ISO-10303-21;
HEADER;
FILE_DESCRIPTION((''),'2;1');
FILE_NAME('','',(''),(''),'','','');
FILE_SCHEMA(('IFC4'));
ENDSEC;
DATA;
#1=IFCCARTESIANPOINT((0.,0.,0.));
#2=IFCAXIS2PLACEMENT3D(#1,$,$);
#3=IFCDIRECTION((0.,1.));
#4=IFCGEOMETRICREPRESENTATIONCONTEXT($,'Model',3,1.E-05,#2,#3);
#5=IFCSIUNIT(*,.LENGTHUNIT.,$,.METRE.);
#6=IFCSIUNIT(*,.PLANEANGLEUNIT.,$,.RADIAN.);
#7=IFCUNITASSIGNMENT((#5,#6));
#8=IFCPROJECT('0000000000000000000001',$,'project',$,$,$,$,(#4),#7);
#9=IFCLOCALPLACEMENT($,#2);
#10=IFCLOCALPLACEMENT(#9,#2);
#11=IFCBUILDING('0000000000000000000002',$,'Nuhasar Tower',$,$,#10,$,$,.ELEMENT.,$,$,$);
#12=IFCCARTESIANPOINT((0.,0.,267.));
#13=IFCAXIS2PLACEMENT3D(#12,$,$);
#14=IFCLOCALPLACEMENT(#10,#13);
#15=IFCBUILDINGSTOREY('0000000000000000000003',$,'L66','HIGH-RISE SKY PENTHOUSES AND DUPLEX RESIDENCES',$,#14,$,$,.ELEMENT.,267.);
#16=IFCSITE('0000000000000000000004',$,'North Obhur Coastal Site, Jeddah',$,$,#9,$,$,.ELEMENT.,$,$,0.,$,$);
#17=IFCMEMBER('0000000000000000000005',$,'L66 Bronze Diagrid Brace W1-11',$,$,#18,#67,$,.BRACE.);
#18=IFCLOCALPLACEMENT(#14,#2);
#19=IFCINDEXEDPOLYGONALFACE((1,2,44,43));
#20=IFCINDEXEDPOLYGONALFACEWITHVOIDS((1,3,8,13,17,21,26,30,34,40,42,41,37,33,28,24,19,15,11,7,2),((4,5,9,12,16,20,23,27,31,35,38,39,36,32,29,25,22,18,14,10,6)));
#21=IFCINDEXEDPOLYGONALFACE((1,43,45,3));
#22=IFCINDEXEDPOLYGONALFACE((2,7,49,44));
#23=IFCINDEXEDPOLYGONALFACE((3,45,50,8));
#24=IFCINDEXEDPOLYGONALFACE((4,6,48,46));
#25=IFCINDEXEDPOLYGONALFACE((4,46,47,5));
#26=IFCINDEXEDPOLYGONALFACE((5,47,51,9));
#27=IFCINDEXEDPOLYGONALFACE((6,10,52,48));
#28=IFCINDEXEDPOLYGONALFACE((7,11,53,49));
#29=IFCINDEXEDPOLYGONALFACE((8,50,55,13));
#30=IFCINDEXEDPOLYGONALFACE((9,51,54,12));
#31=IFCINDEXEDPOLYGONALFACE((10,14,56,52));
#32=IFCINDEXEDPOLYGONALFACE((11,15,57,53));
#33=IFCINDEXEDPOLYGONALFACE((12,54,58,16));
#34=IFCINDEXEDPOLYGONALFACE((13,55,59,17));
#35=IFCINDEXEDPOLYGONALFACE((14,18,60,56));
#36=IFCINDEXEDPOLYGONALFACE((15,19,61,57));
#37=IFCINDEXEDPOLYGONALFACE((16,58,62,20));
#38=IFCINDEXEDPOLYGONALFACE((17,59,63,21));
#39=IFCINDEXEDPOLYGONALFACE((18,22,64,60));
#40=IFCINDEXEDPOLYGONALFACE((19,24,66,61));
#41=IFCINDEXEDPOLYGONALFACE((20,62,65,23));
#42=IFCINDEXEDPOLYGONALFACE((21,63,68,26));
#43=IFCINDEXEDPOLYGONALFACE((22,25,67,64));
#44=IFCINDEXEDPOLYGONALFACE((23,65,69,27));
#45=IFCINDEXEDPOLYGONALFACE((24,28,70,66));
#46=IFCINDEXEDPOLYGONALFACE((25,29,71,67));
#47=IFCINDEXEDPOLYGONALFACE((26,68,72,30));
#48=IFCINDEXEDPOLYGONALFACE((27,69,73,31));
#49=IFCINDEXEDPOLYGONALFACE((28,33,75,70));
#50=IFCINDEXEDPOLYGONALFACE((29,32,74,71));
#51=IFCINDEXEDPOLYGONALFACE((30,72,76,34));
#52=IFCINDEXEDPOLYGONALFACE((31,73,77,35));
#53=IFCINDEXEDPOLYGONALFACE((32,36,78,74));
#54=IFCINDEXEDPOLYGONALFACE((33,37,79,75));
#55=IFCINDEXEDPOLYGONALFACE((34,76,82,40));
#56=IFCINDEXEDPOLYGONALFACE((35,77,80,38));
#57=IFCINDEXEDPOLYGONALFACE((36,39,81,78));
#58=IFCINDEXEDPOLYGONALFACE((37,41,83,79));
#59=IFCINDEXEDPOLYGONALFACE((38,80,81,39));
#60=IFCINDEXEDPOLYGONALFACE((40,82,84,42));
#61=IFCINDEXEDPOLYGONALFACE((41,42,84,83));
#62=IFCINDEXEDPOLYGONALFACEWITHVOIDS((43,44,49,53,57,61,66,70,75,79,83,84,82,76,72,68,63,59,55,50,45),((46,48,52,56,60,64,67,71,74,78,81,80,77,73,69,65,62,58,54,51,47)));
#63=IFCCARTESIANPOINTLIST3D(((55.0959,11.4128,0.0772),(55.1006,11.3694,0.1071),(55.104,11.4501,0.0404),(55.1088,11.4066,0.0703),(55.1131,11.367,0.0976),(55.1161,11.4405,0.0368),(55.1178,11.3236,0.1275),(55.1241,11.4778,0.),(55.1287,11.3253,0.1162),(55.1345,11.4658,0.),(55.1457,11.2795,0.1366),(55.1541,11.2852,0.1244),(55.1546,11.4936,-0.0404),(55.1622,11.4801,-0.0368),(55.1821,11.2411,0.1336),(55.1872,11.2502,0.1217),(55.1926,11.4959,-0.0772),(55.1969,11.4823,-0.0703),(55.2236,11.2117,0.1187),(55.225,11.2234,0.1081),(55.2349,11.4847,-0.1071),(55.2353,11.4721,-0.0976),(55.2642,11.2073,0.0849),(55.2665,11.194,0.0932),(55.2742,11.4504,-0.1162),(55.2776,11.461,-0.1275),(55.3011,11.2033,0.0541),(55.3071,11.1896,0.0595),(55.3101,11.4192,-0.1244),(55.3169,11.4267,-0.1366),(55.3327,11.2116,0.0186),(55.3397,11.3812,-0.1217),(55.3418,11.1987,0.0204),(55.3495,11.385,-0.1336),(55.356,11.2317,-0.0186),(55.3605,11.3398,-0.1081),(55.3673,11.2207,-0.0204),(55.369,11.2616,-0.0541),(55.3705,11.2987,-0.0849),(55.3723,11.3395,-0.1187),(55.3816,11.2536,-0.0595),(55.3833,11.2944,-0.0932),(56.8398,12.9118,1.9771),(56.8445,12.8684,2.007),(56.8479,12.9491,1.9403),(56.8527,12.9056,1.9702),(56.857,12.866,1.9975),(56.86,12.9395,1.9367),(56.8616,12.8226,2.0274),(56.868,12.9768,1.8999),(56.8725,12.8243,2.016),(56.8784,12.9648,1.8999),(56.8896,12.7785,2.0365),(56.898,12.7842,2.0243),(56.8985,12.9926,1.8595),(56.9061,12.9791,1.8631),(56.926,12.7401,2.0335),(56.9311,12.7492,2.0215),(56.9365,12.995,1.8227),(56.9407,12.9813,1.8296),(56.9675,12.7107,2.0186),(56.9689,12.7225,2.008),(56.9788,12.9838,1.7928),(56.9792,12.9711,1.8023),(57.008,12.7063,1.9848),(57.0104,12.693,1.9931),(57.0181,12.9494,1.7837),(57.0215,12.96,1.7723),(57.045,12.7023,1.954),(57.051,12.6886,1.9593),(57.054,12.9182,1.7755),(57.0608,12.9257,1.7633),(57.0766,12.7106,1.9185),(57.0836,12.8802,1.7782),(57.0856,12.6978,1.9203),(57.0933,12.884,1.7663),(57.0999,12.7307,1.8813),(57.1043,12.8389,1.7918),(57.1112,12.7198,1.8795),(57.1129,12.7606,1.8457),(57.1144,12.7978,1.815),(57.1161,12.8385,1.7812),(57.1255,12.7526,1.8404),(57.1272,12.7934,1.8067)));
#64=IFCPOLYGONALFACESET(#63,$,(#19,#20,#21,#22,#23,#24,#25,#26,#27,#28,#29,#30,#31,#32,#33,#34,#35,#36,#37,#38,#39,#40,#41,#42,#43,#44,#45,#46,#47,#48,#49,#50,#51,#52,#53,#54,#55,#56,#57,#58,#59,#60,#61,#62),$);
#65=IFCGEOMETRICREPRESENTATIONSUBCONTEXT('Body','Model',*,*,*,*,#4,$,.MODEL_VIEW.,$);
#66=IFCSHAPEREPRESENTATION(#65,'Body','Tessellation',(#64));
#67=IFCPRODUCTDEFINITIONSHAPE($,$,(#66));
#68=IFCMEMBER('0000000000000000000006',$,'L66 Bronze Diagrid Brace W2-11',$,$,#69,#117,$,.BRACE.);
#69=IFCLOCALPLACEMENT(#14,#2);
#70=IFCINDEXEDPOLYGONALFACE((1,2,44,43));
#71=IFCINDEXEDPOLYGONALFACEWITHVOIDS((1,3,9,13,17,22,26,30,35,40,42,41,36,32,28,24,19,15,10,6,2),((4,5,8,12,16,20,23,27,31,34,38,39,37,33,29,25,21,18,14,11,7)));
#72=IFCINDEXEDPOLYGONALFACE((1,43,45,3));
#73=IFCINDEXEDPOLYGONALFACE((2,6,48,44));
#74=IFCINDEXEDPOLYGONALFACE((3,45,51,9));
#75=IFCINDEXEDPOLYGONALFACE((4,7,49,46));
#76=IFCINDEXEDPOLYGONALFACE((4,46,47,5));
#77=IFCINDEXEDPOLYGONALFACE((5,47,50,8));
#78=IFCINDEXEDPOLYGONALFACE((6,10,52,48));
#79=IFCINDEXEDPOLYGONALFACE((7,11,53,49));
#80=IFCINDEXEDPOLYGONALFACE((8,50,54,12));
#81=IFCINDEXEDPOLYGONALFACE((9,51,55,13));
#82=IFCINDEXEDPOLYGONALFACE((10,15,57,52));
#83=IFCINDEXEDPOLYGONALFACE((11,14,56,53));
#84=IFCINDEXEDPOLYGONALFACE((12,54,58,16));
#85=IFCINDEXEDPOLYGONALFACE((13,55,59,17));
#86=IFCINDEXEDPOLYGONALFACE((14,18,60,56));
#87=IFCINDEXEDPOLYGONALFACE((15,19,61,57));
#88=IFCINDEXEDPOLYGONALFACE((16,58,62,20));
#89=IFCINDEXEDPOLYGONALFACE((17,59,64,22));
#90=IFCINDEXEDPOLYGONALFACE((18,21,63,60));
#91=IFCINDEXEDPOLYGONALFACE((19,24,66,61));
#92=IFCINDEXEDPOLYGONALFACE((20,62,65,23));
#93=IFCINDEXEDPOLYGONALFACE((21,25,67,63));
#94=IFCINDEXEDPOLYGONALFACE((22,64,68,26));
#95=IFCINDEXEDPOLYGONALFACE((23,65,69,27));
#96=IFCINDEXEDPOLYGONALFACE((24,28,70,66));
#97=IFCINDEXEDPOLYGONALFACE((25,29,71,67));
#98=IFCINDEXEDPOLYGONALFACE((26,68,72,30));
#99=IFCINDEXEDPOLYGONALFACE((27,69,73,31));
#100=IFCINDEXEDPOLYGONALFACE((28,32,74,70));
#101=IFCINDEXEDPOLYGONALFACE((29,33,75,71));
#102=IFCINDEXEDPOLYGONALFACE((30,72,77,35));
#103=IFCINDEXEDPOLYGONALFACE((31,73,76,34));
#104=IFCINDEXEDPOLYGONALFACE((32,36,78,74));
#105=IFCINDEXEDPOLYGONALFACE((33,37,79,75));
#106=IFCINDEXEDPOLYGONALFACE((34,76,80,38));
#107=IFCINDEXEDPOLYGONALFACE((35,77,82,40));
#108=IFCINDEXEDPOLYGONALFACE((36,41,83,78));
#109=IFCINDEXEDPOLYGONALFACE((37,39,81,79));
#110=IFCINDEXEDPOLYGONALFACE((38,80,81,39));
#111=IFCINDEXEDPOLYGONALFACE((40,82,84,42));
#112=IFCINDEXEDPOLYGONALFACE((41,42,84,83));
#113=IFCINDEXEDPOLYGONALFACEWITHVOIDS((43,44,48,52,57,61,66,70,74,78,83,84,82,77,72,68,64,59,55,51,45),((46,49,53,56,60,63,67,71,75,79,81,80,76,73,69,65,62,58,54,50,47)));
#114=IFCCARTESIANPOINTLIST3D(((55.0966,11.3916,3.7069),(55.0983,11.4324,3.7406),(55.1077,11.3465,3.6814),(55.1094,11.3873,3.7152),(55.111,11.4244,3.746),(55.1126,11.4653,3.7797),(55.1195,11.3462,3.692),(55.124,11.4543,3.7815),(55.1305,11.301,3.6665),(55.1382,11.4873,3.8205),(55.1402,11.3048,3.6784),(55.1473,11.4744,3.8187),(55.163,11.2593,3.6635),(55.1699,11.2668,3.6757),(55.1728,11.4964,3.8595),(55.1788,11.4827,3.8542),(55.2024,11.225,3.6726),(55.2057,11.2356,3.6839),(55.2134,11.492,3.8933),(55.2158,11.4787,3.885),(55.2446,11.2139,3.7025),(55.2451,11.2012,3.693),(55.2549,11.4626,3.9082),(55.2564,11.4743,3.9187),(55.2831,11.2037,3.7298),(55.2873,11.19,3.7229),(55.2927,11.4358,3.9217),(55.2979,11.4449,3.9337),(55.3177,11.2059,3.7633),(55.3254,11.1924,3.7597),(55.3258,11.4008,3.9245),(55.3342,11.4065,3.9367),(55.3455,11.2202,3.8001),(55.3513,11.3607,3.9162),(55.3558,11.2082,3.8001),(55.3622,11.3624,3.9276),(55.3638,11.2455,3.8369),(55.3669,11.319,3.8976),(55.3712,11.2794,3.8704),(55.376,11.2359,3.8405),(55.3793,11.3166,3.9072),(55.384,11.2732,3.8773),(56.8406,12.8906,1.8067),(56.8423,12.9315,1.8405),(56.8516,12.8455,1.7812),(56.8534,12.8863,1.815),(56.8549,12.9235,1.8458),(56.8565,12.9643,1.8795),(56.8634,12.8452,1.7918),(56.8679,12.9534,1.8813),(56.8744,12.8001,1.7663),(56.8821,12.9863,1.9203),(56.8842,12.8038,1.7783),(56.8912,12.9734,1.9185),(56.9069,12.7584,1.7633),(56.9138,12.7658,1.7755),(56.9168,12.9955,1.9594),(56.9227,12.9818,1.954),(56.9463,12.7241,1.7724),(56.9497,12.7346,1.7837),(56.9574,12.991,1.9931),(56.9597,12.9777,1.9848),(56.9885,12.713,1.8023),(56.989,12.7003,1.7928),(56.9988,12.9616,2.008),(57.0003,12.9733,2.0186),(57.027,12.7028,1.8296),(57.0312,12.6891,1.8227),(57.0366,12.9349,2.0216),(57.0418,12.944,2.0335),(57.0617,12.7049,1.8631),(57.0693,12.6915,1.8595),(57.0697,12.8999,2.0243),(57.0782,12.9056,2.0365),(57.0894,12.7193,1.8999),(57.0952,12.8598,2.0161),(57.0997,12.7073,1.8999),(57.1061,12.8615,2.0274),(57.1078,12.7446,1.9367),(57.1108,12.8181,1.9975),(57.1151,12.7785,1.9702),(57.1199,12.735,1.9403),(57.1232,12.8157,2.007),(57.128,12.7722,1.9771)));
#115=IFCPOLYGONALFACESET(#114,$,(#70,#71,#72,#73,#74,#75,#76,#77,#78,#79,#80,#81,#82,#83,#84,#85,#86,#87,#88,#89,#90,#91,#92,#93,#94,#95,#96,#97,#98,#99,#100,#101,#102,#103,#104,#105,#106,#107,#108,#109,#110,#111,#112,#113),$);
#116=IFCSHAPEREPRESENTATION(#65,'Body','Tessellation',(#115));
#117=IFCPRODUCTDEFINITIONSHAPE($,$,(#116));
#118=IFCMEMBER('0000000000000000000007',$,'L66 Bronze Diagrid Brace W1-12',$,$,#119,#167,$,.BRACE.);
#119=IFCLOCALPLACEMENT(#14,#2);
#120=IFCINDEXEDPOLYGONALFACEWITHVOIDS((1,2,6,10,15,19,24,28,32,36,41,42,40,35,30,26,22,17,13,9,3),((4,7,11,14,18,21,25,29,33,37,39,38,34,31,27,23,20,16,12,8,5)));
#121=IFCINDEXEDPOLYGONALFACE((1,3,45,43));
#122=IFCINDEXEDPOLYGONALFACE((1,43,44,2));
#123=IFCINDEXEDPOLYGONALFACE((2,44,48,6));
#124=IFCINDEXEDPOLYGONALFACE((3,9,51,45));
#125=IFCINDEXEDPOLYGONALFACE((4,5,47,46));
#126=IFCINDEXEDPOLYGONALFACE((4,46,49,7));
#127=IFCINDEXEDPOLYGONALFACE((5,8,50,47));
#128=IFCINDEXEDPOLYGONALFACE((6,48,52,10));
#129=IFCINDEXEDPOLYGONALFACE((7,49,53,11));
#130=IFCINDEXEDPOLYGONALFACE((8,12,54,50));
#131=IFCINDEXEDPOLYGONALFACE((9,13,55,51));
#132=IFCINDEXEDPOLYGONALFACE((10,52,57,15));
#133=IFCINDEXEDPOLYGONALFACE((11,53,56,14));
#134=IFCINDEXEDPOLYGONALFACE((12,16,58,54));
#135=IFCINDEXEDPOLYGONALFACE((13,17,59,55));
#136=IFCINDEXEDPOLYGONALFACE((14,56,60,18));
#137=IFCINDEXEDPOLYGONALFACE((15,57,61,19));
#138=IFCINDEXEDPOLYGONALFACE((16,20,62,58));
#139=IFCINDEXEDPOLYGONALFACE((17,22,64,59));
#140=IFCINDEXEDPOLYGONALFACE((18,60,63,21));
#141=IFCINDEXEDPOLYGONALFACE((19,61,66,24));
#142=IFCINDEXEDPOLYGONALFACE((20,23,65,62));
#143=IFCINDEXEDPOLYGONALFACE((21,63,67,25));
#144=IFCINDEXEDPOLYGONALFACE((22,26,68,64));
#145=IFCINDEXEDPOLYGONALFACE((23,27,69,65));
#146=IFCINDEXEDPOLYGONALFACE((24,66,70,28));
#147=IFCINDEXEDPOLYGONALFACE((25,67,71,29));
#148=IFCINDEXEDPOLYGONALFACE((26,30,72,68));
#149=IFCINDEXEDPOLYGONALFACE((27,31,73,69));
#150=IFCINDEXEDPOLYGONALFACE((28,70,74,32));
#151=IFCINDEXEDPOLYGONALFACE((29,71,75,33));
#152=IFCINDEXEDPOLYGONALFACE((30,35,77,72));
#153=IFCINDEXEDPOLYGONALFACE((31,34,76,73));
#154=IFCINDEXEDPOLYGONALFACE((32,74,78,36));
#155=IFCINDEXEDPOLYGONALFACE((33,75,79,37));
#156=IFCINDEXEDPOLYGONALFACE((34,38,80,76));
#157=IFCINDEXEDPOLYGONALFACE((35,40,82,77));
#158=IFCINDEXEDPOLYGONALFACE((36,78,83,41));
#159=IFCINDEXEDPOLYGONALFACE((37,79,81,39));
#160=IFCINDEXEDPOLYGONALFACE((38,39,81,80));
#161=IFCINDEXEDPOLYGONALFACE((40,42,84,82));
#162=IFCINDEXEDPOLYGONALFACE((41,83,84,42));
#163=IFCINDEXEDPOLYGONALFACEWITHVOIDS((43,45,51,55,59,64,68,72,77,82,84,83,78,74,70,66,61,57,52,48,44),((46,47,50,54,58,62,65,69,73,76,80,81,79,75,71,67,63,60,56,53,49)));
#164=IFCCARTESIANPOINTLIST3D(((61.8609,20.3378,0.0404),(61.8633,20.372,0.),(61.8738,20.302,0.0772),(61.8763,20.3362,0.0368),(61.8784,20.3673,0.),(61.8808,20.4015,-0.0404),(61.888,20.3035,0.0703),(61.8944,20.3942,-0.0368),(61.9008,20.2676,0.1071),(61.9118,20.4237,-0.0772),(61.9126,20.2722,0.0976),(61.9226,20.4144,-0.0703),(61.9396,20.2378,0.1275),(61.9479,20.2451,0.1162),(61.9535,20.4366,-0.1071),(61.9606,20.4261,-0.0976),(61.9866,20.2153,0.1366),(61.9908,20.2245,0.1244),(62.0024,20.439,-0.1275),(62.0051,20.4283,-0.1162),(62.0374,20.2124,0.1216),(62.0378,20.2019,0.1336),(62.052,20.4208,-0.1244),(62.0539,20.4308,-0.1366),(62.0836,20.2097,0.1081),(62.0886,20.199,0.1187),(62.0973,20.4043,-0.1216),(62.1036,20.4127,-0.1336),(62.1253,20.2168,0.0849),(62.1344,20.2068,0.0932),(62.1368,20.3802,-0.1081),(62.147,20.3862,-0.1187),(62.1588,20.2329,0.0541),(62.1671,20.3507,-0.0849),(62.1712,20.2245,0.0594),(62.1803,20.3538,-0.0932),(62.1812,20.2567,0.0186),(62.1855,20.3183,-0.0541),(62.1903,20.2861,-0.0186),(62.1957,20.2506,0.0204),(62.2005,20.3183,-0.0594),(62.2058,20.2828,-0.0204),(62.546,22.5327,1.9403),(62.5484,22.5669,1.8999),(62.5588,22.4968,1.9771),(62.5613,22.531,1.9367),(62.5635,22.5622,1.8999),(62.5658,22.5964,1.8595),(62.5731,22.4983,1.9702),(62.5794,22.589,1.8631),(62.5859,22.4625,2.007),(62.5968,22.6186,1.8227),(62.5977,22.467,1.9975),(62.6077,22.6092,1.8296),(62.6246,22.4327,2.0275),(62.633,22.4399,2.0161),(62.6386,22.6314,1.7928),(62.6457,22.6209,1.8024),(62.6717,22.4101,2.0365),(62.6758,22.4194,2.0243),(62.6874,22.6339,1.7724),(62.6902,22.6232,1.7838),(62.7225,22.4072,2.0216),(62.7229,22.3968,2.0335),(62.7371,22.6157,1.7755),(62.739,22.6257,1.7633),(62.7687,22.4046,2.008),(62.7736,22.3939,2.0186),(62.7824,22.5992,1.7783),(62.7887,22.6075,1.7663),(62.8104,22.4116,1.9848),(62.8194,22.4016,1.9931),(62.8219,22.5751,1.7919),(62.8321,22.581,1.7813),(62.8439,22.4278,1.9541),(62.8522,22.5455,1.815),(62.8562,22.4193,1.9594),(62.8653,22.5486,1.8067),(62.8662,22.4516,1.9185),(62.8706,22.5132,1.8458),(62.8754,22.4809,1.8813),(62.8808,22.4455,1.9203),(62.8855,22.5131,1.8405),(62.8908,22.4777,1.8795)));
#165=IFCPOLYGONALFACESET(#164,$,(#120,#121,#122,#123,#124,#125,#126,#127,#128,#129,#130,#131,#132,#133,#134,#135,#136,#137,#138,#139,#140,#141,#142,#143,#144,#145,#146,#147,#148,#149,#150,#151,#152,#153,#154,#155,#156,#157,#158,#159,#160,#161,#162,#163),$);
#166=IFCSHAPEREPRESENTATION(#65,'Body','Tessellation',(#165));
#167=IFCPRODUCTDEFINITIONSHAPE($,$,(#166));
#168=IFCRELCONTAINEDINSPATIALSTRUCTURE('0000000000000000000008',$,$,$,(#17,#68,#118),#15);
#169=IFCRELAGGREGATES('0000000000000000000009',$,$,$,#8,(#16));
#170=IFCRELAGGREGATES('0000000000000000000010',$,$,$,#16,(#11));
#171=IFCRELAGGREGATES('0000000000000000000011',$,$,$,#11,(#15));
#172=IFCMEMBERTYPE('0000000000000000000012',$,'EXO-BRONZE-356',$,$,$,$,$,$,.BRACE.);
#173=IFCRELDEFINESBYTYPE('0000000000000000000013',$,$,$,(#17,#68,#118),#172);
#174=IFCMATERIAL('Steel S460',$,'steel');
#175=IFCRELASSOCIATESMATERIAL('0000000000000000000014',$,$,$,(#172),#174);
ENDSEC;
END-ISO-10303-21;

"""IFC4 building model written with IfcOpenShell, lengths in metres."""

from ifc_helpers import new_model, si_unit, direction, frame, origin, origin_2d, place, context, subcontext, project, spatial, hollow_circle, extrude, material, material_profile, profile_set, type_object, element, save


model = new_model("IFC4")

# Units and contexts
model_context = context("Model", 3, precision=1e-05, world=origin(), true_north=direction((0.0, 1.0)))
body_context = subcontext(model_context, "Body", "Model", "MODEL_VIEW")
ifc_project = project(units=[si_unit("LENGTHUNIT", "METRE"), si_unit("PLANEANGLEUNIT", "RADIAN")], contexts=[model_context])

# Site, building, storey
site_placement = place(None, origin())
site = spatial("IfcSite", under=ifc_project, at=site_placement, Name="North Obhur Coastal Site, Jeddah", CompositionType="ELEMENT", RefElevation=0.0)
building_placement = place(site_placement, origin())
building = spatial("IfcBuilding", under=site, at=building_placement, Name="Nuhasar Tower", CompositionType="ELEMENT")
storey_placement = place(building_placement, frame((0.0, 0.0, 267.0)))
storey = spatial("IfcBuildingStorey", under=building, at=storey_placement, Name="L66", Description="HIGH-RISE SKY PENTHOUSES AND DUPLEX RESIDENCES", CompositionType="ELEMENT", Elevation=267.0)

# Members
ifc_material_1 = material(Name="Steel S460", Category="steel")
ifc_material_profile_1 = material_profile(ifc_material_1, hollow_circle(Radius=0.1777, WallThickness=0.0159, at=origin_2d()), Name="HSS355.6X15.9")
ifc_profile_set_1 = profile_set([ifc_material_profile_1], Name="Steel S460")
member_type_1 = type_object("IfcMemberType", Name="EXO-BRONZE-356", PredefinedType="BRACE", material=ifc_profile_set_1)
member_1_placement = place(storey_placement, frame((55.24, 11.343, 0.0), z_axis=(0.584625, 0.502534, 0.636925), x_axis=(-0.651857, 0.758342, 0.0)))
element("IfcMember", 1, at=member_1_placement, inside=storey, type_object=member_type_1, Name="L66 Bronze Diagrid Brace W1-11", PredefinedType="BRACE", context=body_context, shape_type="SweptSolid", body=[
    extrude(hollow_circle(Radius=0.1777, WallThickness=0.0159, at=origin_2d()), origin(), (0.0, 0.0, 1.0), 2.9829),
])
member_2_placement = place(storey_placement, frame((56.9839, 12.842, 1.8999), z_axis=(-0.584595, -0.502508, 0.636973), x_axis=(0.651857, -0.758342, 0.0)))
element("IfcMember", 2, at=member_2_placement, inside=storey, type_object=member_type_1, Name="L66 Bronze Diagrid Brace W2-11", PredefinedType="BRACE", context=body_context, shape_type="SweptSolid", body=[
    extrude(hollow_circle(Radius=0.1777, WallThickness=0.0159, at=origin_2d()), origin(), (0.0, 0.0, 1.0), 2.9832),
])
member_3_placement = place(storey_placement, frame((62.033, 20.3191, 0.0), z_axis=(0.229681, 0.735864, 0.636985), x_axis=(-0.954582, 0.297948, 0.0)))
element("IfcMember", 3, at=member_3_placement, inside=storey, type_object=member_type_1, Name="L66 Bronze Diagrid Brace W1-12", PredefinedType="BRACE", context=body_context, shape_type="SweptSolid", body=[
    extrude(hollow_circle(Radius=0.1777, WallThickness=0.0159, at=origin_2d()), origin(), (0.0, 0.0, 1.0), 2.9827),
])

save(model, "model.ifc")
